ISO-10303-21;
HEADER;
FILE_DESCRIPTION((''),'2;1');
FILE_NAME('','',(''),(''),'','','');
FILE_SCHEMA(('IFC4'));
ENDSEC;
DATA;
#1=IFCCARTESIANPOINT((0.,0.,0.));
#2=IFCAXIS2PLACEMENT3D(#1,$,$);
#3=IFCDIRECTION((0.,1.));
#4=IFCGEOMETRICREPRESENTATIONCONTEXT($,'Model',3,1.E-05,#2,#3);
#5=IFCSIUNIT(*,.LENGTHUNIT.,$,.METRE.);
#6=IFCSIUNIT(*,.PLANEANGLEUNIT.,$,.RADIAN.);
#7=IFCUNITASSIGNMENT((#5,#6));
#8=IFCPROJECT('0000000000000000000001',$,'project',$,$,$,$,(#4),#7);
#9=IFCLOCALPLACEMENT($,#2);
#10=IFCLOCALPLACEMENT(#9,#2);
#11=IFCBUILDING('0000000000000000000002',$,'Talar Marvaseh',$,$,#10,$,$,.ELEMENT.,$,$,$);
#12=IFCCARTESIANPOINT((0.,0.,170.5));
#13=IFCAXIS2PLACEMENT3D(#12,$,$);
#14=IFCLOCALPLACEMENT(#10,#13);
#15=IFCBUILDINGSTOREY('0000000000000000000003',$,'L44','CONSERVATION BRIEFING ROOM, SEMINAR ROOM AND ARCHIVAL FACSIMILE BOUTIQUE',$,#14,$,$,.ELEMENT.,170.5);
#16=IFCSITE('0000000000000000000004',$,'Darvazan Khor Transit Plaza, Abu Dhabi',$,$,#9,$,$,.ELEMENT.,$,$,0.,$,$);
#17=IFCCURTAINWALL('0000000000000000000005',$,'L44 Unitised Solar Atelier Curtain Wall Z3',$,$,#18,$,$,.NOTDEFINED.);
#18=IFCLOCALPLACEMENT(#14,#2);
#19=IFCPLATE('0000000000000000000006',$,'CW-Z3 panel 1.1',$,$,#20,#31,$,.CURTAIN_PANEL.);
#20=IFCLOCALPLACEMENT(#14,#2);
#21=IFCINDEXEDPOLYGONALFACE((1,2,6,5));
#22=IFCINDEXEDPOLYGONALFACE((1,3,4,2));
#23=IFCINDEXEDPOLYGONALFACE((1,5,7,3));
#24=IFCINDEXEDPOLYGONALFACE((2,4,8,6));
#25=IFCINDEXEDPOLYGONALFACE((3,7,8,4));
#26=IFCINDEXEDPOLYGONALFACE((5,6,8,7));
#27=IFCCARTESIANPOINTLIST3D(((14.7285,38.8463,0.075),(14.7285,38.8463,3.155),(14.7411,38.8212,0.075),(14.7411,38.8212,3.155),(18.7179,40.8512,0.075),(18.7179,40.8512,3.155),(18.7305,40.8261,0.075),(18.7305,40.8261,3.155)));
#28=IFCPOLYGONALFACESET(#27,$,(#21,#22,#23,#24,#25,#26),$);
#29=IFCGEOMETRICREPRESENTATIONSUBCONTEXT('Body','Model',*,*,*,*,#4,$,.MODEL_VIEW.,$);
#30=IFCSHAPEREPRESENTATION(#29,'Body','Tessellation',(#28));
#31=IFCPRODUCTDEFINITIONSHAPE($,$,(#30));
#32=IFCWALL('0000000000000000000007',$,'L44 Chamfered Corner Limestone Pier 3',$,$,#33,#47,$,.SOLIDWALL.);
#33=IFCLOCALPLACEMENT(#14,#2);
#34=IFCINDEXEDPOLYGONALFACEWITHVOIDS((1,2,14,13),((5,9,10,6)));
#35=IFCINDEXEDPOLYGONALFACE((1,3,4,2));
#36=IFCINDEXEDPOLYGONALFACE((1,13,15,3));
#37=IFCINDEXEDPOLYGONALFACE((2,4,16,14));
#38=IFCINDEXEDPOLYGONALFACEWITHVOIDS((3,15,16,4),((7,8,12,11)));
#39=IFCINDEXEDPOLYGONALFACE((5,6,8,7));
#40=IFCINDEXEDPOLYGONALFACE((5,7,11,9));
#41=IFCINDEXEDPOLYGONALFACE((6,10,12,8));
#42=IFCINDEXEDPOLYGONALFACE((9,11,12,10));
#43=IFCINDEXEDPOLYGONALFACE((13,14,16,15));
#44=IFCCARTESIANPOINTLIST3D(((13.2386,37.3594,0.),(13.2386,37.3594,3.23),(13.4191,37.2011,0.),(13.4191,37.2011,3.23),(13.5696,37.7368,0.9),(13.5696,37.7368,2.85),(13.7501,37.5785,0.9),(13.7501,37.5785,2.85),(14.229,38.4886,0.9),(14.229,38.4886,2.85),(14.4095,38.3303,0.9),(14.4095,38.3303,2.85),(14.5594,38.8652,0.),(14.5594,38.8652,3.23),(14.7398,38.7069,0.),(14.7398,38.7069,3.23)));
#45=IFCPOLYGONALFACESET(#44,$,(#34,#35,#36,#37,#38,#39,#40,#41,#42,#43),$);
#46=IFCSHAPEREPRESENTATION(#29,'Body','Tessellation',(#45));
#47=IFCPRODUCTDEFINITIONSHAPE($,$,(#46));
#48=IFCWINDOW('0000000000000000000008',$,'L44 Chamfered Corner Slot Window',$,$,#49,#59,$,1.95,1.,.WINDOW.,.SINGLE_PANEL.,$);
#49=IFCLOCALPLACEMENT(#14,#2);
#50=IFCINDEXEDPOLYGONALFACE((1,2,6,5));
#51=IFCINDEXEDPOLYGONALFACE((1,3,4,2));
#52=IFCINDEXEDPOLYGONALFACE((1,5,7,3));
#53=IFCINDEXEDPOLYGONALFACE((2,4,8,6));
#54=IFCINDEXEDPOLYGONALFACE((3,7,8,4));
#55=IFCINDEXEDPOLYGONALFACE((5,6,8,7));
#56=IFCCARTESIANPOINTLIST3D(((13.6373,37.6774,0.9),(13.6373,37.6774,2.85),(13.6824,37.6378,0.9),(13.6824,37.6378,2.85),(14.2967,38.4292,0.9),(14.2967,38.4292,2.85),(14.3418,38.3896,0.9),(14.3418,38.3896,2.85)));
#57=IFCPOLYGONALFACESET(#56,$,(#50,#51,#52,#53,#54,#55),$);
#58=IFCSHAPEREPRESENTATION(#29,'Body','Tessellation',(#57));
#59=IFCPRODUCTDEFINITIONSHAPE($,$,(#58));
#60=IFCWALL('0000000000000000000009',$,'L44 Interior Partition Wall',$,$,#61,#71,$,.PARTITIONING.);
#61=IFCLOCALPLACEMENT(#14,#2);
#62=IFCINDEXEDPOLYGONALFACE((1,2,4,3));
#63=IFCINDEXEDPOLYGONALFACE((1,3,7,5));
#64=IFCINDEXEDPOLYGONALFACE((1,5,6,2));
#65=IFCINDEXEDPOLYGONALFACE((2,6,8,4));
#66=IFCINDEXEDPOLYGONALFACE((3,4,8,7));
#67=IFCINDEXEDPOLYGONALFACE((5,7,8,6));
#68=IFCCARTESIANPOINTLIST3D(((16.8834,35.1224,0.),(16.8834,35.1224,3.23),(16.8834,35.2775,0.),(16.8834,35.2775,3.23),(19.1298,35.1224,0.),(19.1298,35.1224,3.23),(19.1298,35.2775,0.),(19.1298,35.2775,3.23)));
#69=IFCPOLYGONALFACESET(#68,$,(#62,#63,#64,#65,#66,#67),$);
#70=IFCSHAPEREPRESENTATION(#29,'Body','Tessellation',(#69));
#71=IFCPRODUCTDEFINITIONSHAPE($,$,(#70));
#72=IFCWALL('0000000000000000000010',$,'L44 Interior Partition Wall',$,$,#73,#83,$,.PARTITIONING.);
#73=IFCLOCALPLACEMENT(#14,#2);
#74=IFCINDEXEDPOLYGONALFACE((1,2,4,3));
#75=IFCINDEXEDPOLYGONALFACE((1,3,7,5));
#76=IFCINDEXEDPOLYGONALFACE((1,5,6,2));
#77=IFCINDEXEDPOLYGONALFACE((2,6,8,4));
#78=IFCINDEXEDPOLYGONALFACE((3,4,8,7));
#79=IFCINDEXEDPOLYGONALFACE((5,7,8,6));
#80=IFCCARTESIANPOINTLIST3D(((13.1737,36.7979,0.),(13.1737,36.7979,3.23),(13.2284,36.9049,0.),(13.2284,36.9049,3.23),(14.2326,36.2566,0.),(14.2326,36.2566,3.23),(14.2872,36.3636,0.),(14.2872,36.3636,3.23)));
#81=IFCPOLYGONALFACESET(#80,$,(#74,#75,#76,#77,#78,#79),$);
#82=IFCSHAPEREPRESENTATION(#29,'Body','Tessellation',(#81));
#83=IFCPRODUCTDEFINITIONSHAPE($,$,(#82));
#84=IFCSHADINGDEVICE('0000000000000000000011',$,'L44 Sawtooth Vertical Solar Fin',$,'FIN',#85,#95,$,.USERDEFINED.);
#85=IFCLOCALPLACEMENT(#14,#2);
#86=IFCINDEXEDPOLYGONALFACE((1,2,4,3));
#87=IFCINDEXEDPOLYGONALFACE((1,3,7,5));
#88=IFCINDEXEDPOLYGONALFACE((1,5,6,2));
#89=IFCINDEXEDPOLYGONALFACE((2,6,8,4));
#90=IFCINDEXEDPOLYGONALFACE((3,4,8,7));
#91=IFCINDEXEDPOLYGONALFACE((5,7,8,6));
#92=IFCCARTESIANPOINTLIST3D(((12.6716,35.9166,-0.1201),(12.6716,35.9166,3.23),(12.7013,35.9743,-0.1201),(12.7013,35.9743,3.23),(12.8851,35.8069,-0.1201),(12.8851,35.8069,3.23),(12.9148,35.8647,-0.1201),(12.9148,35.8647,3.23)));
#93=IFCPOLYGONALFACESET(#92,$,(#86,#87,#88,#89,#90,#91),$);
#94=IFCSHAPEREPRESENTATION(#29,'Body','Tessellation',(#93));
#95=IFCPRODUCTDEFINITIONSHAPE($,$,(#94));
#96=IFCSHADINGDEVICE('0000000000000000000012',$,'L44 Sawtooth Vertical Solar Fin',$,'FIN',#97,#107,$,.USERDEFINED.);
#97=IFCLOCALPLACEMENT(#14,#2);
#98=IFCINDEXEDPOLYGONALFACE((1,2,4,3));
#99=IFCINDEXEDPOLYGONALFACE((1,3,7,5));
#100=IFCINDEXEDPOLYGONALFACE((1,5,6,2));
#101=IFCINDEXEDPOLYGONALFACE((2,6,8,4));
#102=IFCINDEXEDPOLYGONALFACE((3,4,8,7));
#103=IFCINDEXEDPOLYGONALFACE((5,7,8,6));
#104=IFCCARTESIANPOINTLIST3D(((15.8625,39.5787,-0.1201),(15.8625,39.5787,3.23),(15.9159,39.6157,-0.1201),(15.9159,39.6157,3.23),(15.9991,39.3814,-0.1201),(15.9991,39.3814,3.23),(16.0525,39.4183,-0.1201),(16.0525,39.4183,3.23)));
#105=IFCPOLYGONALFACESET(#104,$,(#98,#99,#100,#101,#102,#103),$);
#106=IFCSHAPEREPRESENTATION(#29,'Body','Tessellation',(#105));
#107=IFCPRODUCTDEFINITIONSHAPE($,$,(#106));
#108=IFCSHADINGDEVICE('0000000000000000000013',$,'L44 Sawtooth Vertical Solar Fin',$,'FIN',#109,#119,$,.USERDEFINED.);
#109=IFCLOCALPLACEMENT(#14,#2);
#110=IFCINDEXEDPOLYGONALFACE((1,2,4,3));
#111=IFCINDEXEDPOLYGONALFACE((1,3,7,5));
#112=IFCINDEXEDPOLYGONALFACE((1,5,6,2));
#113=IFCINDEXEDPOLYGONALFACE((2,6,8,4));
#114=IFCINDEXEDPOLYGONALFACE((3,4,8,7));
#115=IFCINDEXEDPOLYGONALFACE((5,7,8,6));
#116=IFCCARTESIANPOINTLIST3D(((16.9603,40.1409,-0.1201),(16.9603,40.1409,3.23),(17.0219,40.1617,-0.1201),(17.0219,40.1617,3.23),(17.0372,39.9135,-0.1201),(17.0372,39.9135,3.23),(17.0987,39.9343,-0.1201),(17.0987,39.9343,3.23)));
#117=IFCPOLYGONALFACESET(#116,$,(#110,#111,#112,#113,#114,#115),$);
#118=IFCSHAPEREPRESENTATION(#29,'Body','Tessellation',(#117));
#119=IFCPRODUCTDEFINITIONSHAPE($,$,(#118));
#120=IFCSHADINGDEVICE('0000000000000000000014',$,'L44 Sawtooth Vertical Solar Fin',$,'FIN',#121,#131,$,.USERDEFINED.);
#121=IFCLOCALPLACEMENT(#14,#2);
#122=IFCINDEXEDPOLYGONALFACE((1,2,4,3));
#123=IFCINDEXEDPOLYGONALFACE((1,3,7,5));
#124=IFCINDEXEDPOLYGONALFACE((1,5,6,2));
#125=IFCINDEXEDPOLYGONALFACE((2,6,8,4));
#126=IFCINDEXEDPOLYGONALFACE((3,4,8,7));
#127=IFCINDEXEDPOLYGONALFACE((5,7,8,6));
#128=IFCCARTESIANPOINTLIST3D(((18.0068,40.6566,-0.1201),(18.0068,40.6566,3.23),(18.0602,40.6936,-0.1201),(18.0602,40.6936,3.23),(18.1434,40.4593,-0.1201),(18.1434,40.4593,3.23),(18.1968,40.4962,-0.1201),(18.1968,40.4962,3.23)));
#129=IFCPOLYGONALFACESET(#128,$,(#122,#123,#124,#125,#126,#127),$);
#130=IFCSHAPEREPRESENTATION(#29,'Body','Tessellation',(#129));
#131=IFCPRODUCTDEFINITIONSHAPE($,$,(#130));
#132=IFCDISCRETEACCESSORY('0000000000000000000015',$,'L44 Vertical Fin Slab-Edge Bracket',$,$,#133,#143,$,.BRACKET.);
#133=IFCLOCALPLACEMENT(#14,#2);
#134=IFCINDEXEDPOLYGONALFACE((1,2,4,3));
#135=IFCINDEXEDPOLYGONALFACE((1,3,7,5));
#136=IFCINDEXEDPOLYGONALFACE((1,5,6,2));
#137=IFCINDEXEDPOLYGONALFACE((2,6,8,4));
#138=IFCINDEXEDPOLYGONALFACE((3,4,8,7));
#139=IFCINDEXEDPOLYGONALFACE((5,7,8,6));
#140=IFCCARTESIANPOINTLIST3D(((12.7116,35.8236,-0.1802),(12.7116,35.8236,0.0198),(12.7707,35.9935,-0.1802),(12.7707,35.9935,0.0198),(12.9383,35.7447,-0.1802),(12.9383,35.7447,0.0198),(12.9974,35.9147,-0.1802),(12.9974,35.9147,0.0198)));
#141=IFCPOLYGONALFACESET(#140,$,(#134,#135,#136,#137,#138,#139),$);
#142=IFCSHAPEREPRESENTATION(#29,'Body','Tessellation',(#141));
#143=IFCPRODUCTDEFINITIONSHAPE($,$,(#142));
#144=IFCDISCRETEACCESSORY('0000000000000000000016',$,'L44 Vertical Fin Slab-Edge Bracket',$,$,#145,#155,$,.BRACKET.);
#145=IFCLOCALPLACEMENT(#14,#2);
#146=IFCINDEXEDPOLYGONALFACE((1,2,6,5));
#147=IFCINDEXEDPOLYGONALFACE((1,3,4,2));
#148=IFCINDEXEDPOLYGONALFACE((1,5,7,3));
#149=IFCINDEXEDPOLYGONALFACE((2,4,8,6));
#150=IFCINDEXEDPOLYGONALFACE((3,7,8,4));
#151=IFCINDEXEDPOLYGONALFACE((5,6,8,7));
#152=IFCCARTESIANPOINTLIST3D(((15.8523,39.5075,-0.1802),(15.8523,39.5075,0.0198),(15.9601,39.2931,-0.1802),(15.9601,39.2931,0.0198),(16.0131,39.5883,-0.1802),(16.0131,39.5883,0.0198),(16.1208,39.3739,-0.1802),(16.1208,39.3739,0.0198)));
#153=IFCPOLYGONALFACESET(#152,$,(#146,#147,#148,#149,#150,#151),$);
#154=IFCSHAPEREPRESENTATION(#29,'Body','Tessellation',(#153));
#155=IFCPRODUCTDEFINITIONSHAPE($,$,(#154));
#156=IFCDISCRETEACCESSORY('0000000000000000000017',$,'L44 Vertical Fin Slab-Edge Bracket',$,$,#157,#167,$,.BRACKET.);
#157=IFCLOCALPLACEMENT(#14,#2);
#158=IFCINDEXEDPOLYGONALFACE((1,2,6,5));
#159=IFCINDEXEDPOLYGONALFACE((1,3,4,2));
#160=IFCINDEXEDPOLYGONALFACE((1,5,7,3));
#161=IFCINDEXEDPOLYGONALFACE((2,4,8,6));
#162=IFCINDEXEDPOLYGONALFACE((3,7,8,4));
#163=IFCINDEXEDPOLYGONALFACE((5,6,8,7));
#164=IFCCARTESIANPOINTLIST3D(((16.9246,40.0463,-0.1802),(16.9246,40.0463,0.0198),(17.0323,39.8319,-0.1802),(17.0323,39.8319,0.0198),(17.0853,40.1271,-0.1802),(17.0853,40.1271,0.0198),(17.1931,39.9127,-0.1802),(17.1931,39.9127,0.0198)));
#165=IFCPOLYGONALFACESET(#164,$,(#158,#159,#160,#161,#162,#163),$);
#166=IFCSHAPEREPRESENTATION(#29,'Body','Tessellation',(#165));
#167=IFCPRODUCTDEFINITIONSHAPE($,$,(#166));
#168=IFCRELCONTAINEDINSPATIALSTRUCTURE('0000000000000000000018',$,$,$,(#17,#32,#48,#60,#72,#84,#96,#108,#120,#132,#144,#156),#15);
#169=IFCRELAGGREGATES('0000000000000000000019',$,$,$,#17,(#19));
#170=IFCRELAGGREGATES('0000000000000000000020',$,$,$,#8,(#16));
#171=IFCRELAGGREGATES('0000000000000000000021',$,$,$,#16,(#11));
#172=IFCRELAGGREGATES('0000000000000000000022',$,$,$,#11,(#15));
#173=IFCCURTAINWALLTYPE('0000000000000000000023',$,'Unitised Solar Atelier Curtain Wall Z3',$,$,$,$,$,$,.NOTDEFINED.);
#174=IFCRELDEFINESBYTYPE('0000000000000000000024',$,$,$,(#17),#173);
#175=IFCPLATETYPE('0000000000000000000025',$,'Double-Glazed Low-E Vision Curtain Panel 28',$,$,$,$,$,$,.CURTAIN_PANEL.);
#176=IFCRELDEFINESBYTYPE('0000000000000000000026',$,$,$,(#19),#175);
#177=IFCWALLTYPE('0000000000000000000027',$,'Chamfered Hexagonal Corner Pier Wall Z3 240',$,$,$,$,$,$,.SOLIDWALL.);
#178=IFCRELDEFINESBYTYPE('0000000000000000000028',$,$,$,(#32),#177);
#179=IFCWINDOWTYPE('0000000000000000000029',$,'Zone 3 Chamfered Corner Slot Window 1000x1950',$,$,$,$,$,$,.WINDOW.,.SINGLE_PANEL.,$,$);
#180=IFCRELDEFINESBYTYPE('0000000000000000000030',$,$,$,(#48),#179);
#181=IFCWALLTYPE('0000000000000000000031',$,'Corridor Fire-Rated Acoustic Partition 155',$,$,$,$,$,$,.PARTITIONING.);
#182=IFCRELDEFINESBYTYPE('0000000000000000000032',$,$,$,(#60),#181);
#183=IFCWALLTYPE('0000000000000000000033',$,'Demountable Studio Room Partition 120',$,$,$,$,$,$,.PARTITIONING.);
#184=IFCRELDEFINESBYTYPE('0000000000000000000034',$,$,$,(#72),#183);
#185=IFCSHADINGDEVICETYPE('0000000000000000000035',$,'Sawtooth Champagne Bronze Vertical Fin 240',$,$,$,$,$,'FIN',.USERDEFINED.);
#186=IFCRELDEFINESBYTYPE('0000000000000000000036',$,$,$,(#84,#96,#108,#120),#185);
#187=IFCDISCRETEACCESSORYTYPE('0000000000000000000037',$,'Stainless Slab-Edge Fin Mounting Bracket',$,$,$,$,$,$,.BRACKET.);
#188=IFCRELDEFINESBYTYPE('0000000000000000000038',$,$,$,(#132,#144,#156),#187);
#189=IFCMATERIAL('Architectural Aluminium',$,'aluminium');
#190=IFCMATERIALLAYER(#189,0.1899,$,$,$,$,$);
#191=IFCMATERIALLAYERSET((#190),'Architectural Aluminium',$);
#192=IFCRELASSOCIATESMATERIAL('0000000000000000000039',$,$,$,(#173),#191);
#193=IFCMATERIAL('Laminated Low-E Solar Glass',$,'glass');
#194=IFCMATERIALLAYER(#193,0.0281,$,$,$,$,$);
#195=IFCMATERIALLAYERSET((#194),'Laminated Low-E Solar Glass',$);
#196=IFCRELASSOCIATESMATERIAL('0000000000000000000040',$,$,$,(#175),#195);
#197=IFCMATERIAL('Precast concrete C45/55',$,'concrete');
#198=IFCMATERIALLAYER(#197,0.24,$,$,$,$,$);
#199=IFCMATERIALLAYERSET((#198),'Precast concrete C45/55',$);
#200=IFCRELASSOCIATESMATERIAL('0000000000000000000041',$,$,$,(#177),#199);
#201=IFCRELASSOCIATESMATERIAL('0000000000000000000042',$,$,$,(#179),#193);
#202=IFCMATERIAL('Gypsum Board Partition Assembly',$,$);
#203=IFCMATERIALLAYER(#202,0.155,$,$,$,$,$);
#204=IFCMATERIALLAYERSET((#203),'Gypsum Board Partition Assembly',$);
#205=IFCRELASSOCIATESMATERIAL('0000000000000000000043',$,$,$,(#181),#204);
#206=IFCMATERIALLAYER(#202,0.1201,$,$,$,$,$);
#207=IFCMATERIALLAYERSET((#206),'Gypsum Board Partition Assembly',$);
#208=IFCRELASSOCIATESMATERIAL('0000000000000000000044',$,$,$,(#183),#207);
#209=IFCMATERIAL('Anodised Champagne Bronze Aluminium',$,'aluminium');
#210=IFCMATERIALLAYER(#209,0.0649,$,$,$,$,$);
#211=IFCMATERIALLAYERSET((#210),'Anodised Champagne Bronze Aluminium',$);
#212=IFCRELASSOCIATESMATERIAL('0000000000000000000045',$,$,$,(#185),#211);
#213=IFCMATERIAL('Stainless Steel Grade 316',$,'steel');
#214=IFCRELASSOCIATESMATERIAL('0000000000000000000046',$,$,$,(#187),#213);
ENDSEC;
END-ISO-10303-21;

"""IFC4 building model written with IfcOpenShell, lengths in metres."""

from ifc_helpers import new_model, si_unit, direction, frame, frame_2d, origin, origin_2d, place, context, subcontext, project, spatial, rectangle, extrude, source, transform, mapped, material, layer, layer_set, type_object, type_shapes, element, fill, aggregate, save


model = new_model("IFC4")

# Units and contexts
model_context = context("Model", 3, precision=1e-05, world=origin(), true_north=direction((0.0, 1.0)))
body_context = subcontext(model_context, "Body", "Model", "MODEL_VIEW")
ifc_project = project(units=[si_unit("LENGTHUNIT", "METRE"), si_unit("PLANEANGLEUNIT", "RADIAN")], contexts=[model_context])

# Site, building, storey
site_placement = place(None, origin())
site = spatial("IfcSite", under=ifc_project, at=site_placement, Name="Darvazan Khor Transit Plaza, Abu Dhabi", CompositionType="ELEMENT", RefElevation=0.0)
building_placement = place(site_placement, origin())
building = spatial("IfcBuilding", under=site, at=building_placement, Name="Talar Marvaseh", CompositionType="ELEMENT")
storey_placement = place(building_placement, frame((0.0, 0.0, 170.5)))
storey = spatial("IfcBuildingStorey", under=building, at=storey_placement, Name="L44", Description="CONSERVATION BRIEFING ROOM, SEMINAR ROOM AND ARCHIVAL FACSIMILE BOUTIQUE", CompositionType="ELEMENT", Elevation=170.5)

# Shared definitions
ifc_material_1 = material(Name="Architectural Aluminium", Category="aluminium")
ifc_layer_1 = layer(ifc_material_1, 0.1899)
ifc_layer_set_1 = layer_set([ifc_layer_1], Name="Architectural Aluminium")
curtain_wall_type = type_object("IfcCurtainWallType", Name="Unitised Solar Atelier Curtain Wall Z3", PredefinedType="NOTDEFINED", material=ifc_layer_set_1)

# Curtain wall
curtain_wall_1_placement = place(storey_placement, origin())
curtain_wall_1 = element("IfcCurtainWall", 1, at=curtain_wall_1_placement, inside=storey, type_object=curtain_wall_type, Name="L44 Unitised Solar Atelier Curtain Wall Z3", PredefinedType="NOTDEFINED")

# Plate
ifc_material_2 = material(Name="Laminated Low-E Solar Glass", Category="glass")
ifc_layer_2 = layer(ifc_material_2, 0.0281)
ifc_layer_set_2 = layer_set([ifc_layer_2], Name="Laminated Low-E Solar Glass")
plate_type = type_object("IfcPlateType", Name="Double-Glazed Low-E Vision Curtain Panel 28", PredefinedType="CURTAIN_PANEL", material=ifc_layer_set_2)
shared_shape_1 = source(origin(), body_context, "Body", "SweptSolid", [
    extrude(rectangle(XDim=4.4648, YDim=0.0281, at=origin_2d()), origin(), (0.0, 0.0, 1.0), 3.0801),
])
type_shapes(plate_type, [shared_shape_1])
plate_1_placement = place(storey_placement, frame((16.7295, 39.8362, 0.075), z_axis=(0.0, 0.0, 1.0), x_axis=(0.893511, 0.449042, 0.0)))
plate_1 = element("IfcPlate", 2, at=plate_1_placement, type_object=plate_type, Name="CW-Z3 panel 1.1", PredefinedType="CURTAIN_PANEL", context=body_context, shape_type="MappedRepresentation", body=[
    mapped(shared_shape_1, transform((0.0, 0.0, 0.0), x_axis=(1.0, 0.0, 0.0), y_axis=(0.0, 1.0, 0.0), z_axis=(0.0, 0.0, 1.0), scale=1.0)),
])
aggregate(curtain_wall_1, [plate_1])

# Wall, opening, window
ifc_material_3 = material(Name="Precast concrete C45/55", Category="concrete")
ifc_layer_3 = layer(ifc_material_3, 0.24)
ifc_layer_set_3 = layer_set([ifc_layer_3], Name="Precast concrete C45/55")
wall_type_1 = type_object("IfcWallType", Name="Chamfered Hexagonal Corner Pier Wall Z3 240", PredefinedType="SOLIDWALL", material=ifc_layer_set_3)
wall_1_placement = place(storey_placement, frame((13.3289, 37.2803, 0.0), z_axis=(0.0, 0.0, 1.0), x_axis=(0.659402, 0.751791, 0.0)))
wall_1 = element("IfcWall", 3, at=wall_1_placement, inside=storey, type_object=wall_type_1, Name="L44 Chamfered Corner Limestone Pier 3", PredefinedType="SOLIDWALL", context=body_context, shape_type="SweptSolid", body=[
    extrude(rectangle(XDim=2.0029, YDim=0.24, at=frame_2d((1.0015, 0.0))), origin(), (0.0, 0.0, 1.0), 3.23),
])
opening_placement = place(wall_1_placement, frame((0.502, 0.0, 0.8999)))
opening = element("IfcOpeningElement", 4, at=opening_placement, cuts=wall_1, PredefinedType="OPENING", context=body_context, shape_type="SweptSolid", body=[
    extrude(rectangle(XDim=1.0, YDim=1.95, at=frame_2d((0.5, 0.9751))), frame((0.0, 0.1299, 0.0), z_axis=(0.0, -1.0, 0.0), x_axis=(1.0, 0.0, 0.0)), (0.0, 0.0, 1.0), 0.26),
])
window_type = type_object("IfcWindowType", Name="Zone 3 Chamfered Corner Slot Window 1000x1950", PartitioningType="SINGLE_PANEL", PredefinedType="WINDOW", material=ifc_material_2)
shared_shape_2 = source(origin(), body_context, "Body", "SweptSolid", [
    extrude(rectangle(XDim=1.0, YDim=1.95, at=frame_2d((0.5, 0.9751))), frame((0.0, 0.03, 0.0), z_axis=(0.0, -1.0, 0.0), x_axis=(1.0, 0.0, 0.0)), (0.0, 0.0, 1.0), 0.0601),
])
type_shapes(window_type, [shared_shape_2])
window_placement = place(opening_placement, origin())
window = element("IfcWindow", 5, at=window_placement, inside=storey, type_object=window_type, Name="L44 Chamfered Corner Slot Window", OverallHeight=1.95, OverallWidth=1.0, PartitioningType="SINGLE_PANEL", PredefinedType="WINDOW", context=body_context, shape_type="MappedRepresentation", body=[
    mapped(shared_shape_2, transform((0.0, 0.0, 0.0), x_axis=(1.0, 0.0, 0.0), y_axis=(0.0, 1.0, 0.0), z_axis=(0.0, 0.0, 1.0), scale=1.0)),
])
fill(opening, window)

# Walls
ifc_material_4 = material(Name="Gypsum Board Partition Assembly")
ifc_layer_4 = layer(ifc_material_4, 0.155)
ifc_layer_set_4 = layer_set([ifc_layer_4], Name="Gypsum Board Partition Assembly")
wall_type_2 = type_object("IfcWallType", Name="Corridor Fire-Rated Acoustic Partition 155", PredefinedType="PARTITIONING", material=ifc_layer_set_4)
wall_2_placement = place(storey_placement, frame((16.8835, 35.2, 0.0), z_axis=(0.0, 0.0, 1.0), x_axis=(1.0, 0.0, 0.0)))
element("IfcWall", 6, at=wall_2_placement, inside=storey, type_object=wall_type_2, Name="L44 Interior Partition Wall", PredefinedType="PARTITIONING", context=body_context, shape_type="SweptSolid", body=[
    extrude(rectangle(XDim=2.2463, YDim=0.155, at=frame_2d((1.123, 0.0))), origin(), (0.0, 0.0, 1.0), 3.23),
])
ifc_layer_5 = layer(ifc_material_4, 0.1201)
ifc_layer_set_5 = layer_set([ifc_layer_5], Name="Gypsum Board Partition Assembly")
wall_type_3 = type_object("IfcWallType", Name="Demountable Studio Room Partition 120", PredefinedType="PARTITIONING", material=ifc_layer_set_5)
wall_3_placement = place(storey_placement, frame((14.26, 36.3101, 0.0), z_axis=(0.0, 0.0, 1.0), x_axis=(-0.890409, 0.455162, 0.0)))
element("IfcWall", 7, at=wall_3_placement, inside=storey, type_object=wall_type_3, Name="L44 Interior Partition Wall", PredefinedType="PARTITIONING", context=body_context, shape_type="SweptSolid", body=[
    extrude(rectangle(XDim=1.1892, YDim=0.1201, at=frame_2d((0.5947, 0.0))), origin(), (0.0, 0.0, 1.0), 3.23),
])

# Shading devices
ifc_material_5 = material(Name="Anodised Champagne Bronze Aluminium", Category="aluminium")
ifc_layer_6 = layer(ifc_material_5, 0.0649)
ifc_layer_set_6 = layer_set([ifc_layer_6], Name="Anodised Champagne Bronze Aluminium")
shading_device_type = type_object("IfcShadingDeviceType", Name="Sawtooth Champagne Bronze Vertical Fin 240", ElementType="FIN", PredefinedType="USERDEFINED", material=ifc_layer_set_6)
shared_shape_3 = source(origin(), body_context, "Body", "SweptSolid", [
    extrude(rectangle(XDim=0.24, YDim=0.0649, at=origin_2d()), origin(), (0.0, 0.0, 1.0), 3.3501),
])
type_shapes(shading_device_type, [shared_shape_3])
for number, where, z_axis, x_axis, name in (
    (8, (12.7932, 35.8906, -0.1201), (0.0, 0.0, 1.0), (-0.889576, 0.456787, 0.0), "L44 Sawtooth Vertical Solar Fin"),
    (9, (15.9575, 39.4985, -0.1201), (0.0, 0.0, 1.0), (-0.568993, 0.822343, 0.0), "L44 Sawtooth Vertical Solar Fin"),
    (10, (17.0295, 40.0376, -0.1201), (0.0, 0.0, 1.0), (-0.320282, 0.947322, 0.0), "L44 Sawtooth Vertical Solar Fin"),
    (11, (18.1018, 40.5764, -0.1201), (0.0, 0.0, 1.0), (-0.568993, 0.822343, 0.0), "L44 Sawtooth Vertical Solar Fin"),
):
    element("IfcShadingDevice", number, at=place(storey_placement, frame(where, z_axis=z_axis, x_axis=x_axis)), inside=storey, type_object=shading_device_type, Name=name, ObjectType="FIN", PredefinedType="USERDEFINED", context=body_context, shape_type="MappedRepresentation", body=[
        mapped(shared_shape_3, transform((0.0, 0.0, 0.0), x_axis=(1.0, 0.0, 0.0), y_axis=(0.0, 1.0, 0.0), z_axis=(0.0, 0.0, 1.0), scale=1.0)),
    ])

# Discrete accessories
ifc_material_6 = material(Name="Stainless Steel Grade 316", Category="steel")
discrete_accessory_type = type_object("IfcDiscreteAccessoryType", Name="Stainless Slab-Edge Fin Mounting Bracket", PredefinedType="BRACKET", material=ifc_material_6)
shared_shape_4 = source(origin(), body_context, "Body", "SweptSolid", [
    extrude(rectangle(XDim=0.24, YDim=0.1799, at=origin_2d()), origin(), (0.0, 0.0, 1.0), 0.2),
])
type_shapes(discrete_accessory_type, [shared_shape_4])
for number, where, z_axis, x_axis, name in (
    (12, (12.8545, 35.8691, -0.1802), (0.0, 0.0, 1.0), (-0.944491, 0.328537, 0.0), "L44 Vertical Fin Slab-Edge Bracket"),
    (13, (15.9866, 39.4407, -0.1802), (0.0, 0.0, 1.0), (-0.449007, 0.893528, 0.0), "L44 Vertical Fin Slab-Edge Bracket"),
    (14, (17.0588, 39.9795, -0.1802), (0.0, 0.0, 1.0), (-0.449007, 0.893528, 0.0), "L44 Vertical Fin Slab-Edge Bracket"),
):
    element("IfcDiscreteAccessory", number, at=place(storey_placement, frame(where, z_axis=z_axis, x_axis=x_axis)), inside=storey, type_object=discrete_accessory_type, Name=name, PredefinedType="BRACKET", context=body_context, shape_type="MappedRepresentation", body=[
        mapped(shared_shape_4, transform((0.0, 0.0, 0.0), x_axis=(1.0, 0.0, 0.0), y_axis=(0.0, 1.0, 0.0), z_axis=(0.0, 0.0, 1.0), scale=1.0)),
    ])

save(model, "model.ifc")
